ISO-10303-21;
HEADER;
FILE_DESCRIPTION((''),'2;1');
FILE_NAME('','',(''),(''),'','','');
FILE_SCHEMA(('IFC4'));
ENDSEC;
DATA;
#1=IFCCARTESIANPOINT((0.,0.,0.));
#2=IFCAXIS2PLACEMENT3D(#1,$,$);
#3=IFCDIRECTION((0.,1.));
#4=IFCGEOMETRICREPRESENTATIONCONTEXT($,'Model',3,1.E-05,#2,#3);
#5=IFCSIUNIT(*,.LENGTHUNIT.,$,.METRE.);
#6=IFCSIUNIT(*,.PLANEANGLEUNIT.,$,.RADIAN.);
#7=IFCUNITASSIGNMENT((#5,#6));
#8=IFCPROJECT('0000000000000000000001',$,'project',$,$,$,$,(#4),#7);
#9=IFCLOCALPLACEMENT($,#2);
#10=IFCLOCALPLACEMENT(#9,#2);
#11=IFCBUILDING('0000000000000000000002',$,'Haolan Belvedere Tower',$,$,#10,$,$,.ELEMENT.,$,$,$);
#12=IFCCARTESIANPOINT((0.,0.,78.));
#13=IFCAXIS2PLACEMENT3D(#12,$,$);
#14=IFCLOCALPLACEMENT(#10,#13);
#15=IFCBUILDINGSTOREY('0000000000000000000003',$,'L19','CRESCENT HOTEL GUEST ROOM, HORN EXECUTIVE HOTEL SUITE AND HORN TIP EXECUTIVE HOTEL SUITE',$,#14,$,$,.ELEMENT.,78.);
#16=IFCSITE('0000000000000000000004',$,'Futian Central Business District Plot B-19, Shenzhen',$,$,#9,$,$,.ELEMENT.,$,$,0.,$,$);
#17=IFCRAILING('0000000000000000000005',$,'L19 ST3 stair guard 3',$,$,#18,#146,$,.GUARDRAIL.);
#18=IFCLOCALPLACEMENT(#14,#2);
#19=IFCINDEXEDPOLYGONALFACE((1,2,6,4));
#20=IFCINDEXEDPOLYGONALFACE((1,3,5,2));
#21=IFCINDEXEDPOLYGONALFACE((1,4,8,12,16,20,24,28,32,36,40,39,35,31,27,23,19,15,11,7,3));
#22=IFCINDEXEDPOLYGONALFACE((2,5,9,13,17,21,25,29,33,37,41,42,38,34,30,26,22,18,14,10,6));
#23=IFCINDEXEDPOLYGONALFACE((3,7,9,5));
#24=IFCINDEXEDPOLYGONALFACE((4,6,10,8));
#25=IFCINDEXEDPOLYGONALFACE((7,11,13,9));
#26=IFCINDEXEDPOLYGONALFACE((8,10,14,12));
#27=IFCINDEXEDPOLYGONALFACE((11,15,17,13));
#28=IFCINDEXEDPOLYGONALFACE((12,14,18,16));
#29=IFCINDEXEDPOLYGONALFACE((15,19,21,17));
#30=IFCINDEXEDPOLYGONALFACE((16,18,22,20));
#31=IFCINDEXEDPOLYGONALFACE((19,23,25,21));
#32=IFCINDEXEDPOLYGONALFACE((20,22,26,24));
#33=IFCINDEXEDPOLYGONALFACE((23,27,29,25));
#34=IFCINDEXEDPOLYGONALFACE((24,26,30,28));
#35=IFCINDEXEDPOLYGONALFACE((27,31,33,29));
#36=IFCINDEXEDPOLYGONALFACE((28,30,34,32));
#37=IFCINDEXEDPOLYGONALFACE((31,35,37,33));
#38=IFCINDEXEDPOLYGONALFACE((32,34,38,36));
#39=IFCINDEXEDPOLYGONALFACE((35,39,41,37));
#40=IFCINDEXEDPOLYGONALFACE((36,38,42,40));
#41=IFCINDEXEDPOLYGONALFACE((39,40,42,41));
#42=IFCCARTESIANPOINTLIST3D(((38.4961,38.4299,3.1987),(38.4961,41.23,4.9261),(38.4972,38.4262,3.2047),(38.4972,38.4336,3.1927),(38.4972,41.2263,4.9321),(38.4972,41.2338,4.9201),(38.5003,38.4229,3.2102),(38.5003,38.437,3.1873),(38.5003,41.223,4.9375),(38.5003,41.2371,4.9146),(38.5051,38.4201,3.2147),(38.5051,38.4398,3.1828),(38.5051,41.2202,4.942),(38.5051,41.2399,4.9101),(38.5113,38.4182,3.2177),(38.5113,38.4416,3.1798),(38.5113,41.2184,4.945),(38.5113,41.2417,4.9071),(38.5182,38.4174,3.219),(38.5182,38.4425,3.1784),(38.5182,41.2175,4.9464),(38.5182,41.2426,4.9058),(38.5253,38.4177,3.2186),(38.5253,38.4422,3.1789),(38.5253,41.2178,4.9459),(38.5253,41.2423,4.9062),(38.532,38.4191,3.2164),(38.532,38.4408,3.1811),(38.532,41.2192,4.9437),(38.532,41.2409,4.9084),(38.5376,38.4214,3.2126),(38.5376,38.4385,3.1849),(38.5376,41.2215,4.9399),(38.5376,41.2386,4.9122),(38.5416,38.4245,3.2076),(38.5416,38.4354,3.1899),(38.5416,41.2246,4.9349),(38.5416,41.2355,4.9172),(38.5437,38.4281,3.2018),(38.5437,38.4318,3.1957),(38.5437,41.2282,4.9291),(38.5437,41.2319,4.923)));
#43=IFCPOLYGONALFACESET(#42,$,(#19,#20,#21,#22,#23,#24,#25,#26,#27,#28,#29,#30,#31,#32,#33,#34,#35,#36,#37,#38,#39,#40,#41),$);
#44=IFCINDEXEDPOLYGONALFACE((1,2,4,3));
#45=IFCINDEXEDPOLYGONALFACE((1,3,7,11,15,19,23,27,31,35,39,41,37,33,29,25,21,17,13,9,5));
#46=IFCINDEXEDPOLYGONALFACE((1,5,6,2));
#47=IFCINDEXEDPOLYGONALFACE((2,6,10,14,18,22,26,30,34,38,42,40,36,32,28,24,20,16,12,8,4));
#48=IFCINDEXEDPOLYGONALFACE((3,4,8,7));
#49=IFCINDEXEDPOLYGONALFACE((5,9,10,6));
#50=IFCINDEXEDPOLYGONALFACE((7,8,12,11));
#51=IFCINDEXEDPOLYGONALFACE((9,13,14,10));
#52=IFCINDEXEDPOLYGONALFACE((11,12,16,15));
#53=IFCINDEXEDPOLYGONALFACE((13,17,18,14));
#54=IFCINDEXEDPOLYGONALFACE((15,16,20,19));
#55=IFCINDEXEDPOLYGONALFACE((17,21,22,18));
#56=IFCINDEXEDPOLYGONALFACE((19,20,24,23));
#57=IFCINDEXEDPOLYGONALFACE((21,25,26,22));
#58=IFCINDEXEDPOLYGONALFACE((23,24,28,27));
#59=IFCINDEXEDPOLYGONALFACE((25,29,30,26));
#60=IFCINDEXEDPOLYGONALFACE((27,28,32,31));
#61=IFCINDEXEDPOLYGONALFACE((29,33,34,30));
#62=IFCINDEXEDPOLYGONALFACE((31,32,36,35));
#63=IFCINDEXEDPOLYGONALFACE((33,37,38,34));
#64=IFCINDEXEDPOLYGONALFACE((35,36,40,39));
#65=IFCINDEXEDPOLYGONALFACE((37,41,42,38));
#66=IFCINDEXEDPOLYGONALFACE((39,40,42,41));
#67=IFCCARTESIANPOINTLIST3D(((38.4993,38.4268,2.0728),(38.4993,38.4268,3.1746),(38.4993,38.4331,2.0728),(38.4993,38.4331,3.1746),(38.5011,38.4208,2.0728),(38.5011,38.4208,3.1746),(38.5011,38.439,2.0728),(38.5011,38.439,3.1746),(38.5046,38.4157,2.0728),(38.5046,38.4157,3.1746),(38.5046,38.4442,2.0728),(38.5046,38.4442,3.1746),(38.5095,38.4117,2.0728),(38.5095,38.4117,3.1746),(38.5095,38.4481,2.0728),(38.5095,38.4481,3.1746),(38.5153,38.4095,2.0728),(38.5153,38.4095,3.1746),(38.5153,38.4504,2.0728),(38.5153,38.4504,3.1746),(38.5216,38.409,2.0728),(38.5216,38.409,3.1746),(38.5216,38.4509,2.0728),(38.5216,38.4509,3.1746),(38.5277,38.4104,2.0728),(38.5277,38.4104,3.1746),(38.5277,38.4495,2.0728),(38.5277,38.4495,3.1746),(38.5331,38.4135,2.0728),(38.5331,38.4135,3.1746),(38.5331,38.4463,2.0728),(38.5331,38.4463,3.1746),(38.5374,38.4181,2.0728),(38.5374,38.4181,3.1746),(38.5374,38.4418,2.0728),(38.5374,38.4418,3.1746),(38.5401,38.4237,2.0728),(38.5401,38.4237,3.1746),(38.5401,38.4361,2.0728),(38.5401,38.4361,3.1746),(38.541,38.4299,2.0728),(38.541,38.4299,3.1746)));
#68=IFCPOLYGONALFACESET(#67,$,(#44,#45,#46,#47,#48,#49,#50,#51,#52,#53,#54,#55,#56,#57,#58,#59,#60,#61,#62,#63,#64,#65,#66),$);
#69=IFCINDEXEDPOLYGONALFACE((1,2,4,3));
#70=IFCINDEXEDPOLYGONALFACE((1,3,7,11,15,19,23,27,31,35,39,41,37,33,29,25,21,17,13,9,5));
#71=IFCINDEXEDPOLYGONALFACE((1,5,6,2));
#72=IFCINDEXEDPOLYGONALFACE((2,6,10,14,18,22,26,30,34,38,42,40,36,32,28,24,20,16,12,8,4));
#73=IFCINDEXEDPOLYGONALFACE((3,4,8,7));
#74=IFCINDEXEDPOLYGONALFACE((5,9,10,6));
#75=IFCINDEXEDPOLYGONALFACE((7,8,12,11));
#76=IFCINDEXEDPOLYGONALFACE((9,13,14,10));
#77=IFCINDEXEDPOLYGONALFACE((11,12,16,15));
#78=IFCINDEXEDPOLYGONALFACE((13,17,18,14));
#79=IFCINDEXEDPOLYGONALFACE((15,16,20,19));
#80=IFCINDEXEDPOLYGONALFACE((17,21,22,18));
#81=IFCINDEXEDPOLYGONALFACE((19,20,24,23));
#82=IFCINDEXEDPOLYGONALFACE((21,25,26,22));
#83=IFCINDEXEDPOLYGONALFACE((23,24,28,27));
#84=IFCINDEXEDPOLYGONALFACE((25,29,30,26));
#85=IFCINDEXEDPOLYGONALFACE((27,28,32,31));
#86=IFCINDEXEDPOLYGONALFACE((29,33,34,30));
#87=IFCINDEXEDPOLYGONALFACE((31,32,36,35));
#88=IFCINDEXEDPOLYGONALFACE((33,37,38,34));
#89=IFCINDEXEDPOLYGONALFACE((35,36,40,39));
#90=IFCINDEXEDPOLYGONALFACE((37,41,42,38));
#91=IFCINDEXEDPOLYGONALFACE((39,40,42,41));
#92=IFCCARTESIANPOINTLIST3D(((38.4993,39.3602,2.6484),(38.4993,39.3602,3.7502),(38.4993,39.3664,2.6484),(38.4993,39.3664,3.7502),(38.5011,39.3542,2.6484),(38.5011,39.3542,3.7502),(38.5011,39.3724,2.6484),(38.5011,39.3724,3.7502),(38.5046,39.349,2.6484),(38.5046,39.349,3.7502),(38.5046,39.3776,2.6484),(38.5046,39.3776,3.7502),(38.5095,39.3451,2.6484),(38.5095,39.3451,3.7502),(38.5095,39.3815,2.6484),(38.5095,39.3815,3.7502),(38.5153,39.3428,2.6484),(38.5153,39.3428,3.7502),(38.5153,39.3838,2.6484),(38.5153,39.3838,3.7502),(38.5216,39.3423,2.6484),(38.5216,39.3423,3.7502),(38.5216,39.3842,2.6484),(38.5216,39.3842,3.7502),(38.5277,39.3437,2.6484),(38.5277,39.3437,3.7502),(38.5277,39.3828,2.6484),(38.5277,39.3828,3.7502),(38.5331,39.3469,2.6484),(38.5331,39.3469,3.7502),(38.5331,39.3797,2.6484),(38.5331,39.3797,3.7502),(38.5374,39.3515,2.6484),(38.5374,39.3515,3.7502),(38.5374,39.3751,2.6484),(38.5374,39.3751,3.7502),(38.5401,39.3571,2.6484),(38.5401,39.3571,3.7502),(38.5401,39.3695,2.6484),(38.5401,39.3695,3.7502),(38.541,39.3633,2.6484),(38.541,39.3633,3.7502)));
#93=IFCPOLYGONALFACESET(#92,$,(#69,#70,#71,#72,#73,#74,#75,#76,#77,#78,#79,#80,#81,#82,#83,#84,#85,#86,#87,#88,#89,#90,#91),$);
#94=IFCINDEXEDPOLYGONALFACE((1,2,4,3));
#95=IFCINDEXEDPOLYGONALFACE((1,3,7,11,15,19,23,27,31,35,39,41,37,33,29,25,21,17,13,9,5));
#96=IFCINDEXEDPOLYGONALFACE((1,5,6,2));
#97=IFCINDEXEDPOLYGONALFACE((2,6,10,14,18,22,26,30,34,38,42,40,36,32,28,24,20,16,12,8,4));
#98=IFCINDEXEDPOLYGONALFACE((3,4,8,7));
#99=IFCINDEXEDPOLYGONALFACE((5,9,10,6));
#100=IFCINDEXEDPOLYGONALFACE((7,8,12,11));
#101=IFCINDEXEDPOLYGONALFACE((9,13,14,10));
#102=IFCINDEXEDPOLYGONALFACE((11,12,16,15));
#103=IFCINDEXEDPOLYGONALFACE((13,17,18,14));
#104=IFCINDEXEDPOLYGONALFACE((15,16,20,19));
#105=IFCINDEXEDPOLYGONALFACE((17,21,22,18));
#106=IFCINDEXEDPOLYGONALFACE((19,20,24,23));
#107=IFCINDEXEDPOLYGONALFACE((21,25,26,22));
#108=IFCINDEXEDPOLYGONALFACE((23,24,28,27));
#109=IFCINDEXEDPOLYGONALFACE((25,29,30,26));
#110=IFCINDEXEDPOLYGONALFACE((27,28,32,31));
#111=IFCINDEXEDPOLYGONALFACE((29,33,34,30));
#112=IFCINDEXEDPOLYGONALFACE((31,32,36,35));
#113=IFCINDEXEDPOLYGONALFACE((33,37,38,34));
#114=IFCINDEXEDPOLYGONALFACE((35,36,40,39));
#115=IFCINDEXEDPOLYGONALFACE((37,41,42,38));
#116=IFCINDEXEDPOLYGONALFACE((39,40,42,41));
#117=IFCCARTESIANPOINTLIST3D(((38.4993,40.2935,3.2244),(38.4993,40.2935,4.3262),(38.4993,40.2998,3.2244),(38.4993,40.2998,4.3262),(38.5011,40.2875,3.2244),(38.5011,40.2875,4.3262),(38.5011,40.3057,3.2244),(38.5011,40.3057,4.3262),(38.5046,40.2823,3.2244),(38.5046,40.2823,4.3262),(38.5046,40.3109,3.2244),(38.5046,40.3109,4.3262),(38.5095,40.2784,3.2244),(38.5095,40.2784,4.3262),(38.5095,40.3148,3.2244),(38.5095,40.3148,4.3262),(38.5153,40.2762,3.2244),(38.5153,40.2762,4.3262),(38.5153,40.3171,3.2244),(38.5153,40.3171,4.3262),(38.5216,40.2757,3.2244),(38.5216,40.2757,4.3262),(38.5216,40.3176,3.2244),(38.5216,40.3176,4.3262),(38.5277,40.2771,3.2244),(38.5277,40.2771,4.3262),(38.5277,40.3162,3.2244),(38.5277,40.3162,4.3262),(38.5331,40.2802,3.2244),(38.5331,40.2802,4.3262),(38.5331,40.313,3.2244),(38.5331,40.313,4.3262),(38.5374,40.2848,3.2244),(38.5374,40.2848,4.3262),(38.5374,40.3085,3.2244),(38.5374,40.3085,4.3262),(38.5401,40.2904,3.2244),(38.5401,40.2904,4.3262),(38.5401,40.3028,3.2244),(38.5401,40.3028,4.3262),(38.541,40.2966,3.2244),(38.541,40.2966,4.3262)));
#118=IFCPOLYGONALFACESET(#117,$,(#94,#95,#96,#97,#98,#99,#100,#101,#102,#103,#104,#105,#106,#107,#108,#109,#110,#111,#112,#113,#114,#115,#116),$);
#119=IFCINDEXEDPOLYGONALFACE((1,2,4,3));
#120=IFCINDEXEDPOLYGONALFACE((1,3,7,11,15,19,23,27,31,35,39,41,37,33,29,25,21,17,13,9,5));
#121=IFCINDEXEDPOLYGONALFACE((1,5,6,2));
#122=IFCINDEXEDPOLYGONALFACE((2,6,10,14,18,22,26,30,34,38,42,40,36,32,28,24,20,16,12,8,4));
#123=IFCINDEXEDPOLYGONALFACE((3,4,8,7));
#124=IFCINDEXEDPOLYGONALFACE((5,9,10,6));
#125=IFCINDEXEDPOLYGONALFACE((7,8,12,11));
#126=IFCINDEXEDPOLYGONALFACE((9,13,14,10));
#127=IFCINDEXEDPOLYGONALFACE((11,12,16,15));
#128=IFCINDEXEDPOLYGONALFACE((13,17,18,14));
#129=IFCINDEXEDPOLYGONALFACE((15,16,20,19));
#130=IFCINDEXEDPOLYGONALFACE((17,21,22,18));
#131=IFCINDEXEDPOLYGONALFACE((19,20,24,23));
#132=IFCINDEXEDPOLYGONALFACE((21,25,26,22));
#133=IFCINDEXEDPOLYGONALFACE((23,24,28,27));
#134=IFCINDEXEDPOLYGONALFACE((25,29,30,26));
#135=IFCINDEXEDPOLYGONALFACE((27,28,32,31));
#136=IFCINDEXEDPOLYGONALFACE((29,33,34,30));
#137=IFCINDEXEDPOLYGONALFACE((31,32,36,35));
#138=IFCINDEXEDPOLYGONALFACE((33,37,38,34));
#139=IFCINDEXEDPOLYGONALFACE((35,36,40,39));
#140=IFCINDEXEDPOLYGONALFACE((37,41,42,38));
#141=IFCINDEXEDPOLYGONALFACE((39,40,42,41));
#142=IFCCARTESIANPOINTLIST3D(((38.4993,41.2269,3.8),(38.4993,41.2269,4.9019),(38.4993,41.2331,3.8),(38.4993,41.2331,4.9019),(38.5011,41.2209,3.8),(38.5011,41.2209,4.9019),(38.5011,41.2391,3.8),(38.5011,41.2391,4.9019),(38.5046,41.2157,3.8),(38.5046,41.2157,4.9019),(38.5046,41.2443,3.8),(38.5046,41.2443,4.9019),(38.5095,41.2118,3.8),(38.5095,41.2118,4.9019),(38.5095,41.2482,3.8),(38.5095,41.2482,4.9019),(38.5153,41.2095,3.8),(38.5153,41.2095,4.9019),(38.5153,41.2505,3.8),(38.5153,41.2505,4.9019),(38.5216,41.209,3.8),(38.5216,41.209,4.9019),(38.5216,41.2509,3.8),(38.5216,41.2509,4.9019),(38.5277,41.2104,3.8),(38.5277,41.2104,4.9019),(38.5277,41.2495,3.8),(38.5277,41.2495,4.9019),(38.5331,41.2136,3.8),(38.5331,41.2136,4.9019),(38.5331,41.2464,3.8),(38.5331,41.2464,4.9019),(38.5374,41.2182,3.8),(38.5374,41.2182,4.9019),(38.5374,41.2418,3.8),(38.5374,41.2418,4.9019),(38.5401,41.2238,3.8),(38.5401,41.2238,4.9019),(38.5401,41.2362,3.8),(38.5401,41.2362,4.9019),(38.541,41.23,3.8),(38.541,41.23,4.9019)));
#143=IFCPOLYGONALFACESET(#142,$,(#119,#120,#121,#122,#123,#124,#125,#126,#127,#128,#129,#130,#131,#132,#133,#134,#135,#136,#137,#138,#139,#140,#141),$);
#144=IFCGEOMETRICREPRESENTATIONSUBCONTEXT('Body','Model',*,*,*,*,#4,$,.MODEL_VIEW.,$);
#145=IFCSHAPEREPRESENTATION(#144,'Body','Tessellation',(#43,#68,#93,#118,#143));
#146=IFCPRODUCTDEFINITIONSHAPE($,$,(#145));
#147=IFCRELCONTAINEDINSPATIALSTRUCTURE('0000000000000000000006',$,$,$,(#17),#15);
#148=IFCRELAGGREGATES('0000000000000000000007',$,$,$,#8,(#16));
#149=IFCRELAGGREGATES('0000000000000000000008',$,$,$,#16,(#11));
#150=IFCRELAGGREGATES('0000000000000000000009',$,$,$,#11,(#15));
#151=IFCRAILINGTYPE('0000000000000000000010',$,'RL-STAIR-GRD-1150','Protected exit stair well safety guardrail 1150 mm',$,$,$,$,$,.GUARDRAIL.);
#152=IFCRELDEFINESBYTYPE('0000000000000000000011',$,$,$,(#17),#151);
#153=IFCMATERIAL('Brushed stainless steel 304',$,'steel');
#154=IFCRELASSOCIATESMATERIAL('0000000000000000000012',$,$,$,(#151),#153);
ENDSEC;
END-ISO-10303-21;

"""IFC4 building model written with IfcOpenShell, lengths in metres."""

from ifc_helpers import new_model, si_unit, direction, frame, origin, origin_2d, place, context, subcontext, project, spatial, circle, extrude, material, type_object, element, save


model = new_model("IFC4")

# Units and contexts
model_context = context("Model", 3, precision=1e-05, world=origin(), true_north=direction((0.0, 1.0)))
body_context = subcontext(model_context, "Body", "Model", "MODEL_VIEW")
ifc_project = project(units=[si_unit("LENGTHUNIT", "METRE"), si_unit("PLANEANGLEUNIT", "RADIAN")], contexts=[model_context])

# Site, building, storey
site_placement = place(None, origin())
site = spatial("IfcSite", under=ifc_project, at=site_placement, Name="Futian Central Business District Plot B-19, Shenzhen", CompositionType="ELEMENT", RefElevation=0.0)
building_placement = place(site_placement, origin())
building = spatial("IfcBuilding", under=site, at=building_placement, Name="Haolan Belvedere Tower", CompositionType="ELEMENT")
storey_placement = place(building_placement, frame((0.0, 0.0, 78.0)))
storey = spatial("IfcBuildingStorey", under=building, at=storey_placement, Name="L19", Description="CRESCENT HOTEL GUEST ROOM, HORN EXECUTIVE HOTEL SUITE AND HORN TIP EXECUTIVE HOTEL SUITE", CompositionType="ELEMENT", Elevation=78.0)

# Railing
ifc_material_1 = material(Name="Brushed stainless steel 304", Category="steel")
railing_type_1 = type_object("IfcRailingType", Name="RL-STAIR-GRD-1150", Description="Protected exit stair well safety guardrail 1150 mm", PredefinedType="GUARDRAIL", material=ifc_material_1)
railing_1_placement = place(storey_placement, frame((38.52, 38.4299, 2.0728)))
element("IfcRailing", 1, at=railing_1_placement, inside=storey, type_object=railing_type_1, Name="L19 ST3 stair guard 3", PredefinedType="GUARDRAIL", context=body_context, shape_type="SweptSolid", body=[
    extrude(circle(Radius=0.0239, at=origin_2d()), frame((0.0, 0.0, 1.126), z_axis=(0.0, 0.85109, 0.52502), x_axis=(-1.0, 0.0, 0.0)), (0.0, 0.0, 1.0), 3.29),
    extrude(circle(Radius=0.021, at=origin_2d()), origin(), (0.0, 0.0, 1.0), 1.1018),
    extrude(circle(Radius=0.021, at=origin_2d()), frame((0.0, 0.9333, 0.5757)), (0.0, 0.0, 1.0), 1.1018),
    extrude(circle(Radius=0.021, at=origin_2d()), frame((0.0, 1.8667, 1.1516)), (0.0, 0.0, 1.0), 1.1018),
    extrude(circle(Radius=0.021, at=origin_2d()), frame((0.0, 2.8, 1.7273)), (0.0, 0.0, 1.0), 1.1018),
])

save(model, "model.ifc")
